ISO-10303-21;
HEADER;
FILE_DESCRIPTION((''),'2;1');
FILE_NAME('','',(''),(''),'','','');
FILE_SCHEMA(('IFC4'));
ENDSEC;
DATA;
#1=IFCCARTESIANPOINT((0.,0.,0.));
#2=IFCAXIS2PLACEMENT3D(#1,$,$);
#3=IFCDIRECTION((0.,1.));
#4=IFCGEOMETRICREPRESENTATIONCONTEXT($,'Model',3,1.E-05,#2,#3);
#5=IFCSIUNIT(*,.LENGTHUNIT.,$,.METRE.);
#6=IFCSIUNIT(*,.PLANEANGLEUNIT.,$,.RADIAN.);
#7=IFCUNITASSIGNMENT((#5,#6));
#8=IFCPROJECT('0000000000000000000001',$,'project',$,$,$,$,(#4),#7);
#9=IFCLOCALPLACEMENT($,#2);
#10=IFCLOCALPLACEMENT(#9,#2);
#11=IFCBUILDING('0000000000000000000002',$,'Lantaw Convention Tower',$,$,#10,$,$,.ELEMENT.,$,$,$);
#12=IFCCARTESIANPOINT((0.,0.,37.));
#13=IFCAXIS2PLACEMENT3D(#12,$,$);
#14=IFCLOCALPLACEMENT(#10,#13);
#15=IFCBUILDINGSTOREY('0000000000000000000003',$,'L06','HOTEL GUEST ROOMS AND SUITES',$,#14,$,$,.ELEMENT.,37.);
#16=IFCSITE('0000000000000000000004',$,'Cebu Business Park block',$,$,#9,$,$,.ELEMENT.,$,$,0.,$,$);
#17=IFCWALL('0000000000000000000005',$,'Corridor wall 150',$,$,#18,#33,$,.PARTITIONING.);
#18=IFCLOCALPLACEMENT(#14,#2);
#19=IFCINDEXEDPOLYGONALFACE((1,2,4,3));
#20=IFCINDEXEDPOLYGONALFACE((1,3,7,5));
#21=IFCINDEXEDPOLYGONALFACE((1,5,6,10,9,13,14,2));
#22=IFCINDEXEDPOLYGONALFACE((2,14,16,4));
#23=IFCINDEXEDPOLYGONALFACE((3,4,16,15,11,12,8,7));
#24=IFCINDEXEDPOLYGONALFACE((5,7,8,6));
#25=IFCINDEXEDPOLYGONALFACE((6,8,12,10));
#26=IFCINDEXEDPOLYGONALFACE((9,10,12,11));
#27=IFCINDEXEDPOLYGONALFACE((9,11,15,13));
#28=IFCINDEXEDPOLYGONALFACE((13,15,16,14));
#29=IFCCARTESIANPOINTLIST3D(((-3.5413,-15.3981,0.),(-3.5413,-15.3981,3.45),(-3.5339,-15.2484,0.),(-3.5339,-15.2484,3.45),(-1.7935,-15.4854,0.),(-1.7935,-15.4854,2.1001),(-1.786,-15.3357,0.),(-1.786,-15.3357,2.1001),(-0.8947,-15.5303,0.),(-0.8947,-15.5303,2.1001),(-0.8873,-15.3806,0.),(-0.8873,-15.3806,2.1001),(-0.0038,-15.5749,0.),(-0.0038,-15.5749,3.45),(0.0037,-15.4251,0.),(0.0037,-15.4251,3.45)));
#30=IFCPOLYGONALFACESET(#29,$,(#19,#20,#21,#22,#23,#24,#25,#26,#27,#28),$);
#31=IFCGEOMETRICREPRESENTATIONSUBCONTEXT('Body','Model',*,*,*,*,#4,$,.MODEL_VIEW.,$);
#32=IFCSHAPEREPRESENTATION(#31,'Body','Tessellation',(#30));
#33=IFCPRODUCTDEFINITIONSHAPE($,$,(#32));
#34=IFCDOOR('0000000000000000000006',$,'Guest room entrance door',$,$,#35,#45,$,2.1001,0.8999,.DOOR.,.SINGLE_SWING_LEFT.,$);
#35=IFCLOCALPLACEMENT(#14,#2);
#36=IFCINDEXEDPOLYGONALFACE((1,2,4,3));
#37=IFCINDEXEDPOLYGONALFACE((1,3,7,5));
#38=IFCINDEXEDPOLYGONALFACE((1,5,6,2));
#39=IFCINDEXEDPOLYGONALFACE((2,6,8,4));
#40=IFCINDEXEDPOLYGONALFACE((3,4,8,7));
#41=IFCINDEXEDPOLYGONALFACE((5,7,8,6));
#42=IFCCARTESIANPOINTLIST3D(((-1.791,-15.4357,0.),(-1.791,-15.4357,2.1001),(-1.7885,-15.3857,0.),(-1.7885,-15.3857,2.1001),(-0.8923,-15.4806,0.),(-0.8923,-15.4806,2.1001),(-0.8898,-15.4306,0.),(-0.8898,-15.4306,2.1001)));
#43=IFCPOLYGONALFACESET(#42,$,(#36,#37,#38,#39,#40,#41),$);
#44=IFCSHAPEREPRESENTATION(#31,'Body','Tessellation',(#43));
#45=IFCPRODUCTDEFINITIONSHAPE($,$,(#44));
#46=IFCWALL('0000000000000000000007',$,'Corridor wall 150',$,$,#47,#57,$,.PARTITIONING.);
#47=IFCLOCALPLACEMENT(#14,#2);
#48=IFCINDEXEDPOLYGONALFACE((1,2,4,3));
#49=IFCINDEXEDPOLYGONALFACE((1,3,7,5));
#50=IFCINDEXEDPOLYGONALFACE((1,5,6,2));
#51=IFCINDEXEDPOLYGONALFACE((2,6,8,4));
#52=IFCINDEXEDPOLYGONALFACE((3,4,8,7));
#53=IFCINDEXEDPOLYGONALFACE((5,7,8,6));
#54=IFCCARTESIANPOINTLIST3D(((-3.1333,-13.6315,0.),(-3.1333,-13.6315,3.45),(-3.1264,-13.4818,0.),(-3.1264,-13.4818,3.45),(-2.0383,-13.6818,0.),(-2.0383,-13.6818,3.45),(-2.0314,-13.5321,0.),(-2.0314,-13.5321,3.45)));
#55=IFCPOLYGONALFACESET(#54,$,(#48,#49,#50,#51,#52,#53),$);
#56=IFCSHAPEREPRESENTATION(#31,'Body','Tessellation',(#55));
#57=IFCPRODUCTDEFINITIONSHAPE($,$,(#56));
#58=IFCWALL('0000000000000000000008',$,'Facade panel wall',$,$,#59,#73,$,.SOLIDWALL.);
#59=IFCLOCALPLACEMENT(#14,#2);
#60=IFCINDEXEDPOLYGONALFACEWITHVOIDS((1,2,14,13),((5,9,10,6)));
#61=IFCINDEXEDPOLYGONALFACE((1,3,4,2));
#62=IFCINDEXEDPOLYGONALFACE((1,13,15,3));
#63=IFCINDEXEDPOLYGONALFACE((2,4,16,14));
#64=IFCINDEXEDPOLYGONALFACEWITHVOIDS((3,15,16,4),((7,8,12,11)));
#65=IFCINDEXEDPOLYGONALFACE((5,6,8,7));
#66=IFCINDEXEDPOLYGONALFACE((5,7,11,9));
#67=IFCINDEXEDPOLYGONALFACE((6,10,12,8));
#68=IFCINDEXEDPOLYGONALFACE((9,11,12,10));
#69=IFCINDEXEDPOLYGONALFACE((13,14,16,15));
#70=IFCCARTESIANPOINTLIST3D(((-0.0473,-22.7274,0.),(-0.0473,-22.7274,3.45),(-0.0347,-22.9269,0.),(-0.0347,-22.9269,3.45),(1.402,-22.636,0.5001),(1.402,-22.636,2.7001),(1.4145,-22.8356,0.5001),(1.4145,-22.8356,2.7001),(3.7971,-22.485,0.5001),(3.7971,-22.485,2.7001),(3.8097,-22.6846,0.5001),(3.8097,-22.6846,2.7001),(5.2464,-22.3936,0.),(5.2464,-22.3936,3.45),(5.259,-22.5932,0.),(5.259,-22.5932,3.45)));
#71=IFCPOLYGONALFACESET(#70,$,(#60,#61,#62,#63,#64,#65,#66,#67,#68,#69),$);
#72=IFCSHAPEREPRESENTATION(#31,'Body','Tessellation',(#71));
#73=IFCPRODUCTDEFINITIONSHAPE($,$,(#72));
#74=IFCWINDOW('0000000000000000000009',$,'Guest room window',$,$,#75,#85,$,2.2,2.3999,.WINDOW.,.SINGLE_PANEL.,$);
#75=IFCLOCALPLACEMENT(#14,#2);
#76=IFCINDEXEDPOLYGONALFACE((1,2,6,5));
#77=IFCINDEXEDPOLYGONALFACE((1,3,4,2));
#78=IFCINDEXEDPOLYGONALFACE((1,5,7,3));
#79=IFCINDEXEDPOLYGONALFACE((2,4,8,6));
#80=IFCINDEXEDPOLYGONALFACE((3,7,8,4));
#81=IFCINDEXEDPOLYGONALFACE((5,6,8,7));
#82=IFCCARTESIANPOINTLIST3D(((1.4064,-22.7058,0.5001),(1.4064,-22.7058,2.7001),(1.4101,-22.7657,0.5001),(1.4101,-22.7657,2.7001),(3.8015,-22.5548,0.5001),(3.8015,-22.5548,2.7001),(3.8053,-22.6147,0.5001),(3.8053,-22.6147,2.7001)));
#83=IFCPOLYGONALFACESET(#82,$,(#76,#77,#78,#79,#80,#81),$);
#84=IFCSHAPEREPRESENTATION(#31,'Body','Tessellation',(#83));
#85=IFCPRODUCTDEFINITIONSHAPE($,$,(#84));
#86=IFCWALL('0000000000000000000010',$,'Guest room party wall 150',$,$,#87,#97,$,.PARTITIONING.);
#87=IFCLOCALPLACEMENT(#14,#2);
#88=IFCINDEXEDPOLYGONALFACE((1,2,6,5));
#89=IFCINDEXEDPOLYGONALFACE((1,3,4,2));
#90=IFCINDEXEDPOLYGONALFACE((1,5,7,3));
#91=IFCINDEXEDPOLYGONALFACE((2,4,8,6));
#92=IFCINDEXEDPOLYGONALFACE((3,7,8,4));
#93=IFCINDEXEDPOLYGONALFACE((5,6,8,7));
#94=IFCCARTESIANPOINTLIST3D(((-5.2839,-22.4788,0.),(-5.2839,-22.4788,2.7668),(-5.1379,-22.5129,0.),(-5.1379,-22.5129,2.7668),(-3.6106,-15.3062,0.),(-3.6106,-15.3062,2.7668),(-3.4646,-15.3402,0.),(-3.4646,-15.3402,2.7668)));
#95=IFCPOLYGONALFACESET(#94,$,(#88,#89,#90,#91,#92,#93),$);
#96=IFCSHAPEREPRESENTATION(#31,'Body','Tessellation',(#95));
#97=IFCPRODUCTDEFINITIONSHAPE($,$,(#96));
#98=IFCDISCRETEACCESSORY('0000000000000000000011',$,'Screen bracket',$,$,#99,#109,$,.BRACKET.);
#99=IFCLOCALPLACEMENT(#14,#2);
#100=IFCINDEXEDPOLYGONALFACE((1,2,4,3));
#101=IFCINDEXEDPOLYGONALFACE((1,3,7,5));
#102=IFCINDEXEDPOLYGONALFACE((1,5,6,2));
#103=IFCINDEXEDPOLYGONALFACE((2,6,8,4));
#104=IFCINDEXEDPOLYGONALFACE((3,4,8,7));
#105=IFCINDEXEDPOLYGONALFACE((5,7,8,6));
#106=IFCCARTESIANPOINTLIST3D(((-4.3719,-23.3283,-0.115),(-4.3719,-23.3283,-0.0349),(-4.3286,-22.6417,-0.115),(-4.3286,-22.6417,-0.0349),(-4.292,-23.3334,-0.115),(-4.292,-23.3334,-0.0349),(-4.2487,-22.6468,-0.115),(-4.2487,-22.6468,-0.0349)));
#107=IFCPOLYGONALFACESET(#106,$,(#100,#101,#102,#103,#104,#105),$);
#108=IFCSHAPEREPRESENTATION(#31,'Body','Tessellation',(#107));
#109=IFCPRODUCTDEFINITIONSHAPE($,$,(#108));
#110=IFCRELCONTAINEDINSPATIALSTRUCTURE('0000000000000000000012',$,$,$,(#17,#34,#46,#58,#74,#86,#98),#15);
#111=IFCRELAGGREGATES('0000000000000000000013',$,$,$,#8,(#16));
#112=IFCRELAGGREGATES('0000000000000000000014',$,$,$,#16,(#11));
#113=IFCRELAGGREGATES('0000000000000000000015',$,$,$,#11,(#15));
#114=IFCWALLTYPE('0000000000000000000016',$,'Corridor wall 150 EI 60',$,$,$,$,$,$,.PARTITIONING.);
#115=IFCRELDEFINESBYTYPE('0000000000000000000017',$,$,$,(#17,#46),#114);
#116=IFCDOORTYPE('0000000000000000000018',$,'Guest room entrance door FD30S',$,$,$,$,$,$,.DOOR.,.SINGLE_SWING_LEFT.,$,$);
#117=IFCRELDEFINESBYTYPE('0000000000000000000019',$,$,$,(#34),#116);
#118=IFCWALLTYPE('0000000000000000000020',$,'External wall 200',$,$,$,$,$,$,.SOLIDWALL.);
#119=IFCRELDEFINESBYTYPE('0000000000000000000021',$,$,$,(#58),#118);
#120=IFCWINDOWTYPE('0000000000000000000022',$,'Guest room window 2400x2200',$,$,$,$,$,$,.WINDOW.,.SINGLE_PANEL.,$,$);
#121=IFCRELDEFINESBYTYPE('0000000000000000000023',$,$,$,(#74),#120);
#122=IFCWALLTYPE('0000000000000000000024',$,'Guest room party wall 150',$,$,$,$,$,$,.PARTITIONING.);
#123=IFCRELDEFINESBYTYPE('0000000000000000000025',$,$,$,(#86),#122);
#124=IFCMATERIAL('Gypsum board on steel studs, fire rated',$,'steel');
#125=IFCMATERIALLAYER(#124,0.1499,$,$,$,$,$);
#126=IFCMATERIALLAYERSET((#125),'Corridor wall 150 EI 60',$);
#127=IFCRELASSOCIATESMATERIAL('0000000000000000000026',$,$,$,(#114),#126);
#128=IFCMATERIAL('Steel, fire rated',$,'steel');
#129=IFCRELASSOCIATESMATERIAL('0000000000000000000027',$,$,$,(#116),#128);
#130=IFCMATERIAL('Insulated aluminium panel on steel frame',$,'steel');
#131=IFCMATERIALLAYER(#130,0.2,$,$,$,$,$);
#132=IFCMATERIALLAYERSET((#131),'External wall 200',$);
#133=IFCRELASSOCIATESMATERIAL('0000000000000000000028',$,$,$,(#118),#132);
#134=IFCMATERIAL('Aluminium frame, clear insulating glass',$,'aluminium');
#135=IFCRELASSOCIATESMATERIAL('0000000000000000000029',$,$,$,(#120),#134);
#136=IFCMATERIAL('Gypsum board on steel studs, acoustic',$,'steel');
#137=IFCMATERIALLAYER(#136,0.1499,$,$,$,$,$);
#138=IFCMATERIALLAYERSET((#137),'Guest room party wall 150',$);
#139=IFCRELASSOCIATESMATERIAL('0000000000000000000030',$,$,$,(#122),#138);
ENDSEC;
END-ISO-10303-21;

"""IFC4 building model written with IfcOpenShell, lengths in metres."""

from ifc_helpers import new_model, si_unit, direction, frame, frame_2d, origin, origin_2d, place, context, subcontext, project, spatial, rectangle, extrude, material, layer, layer_set, type_object, element, fill, save


model = new_model("IFC4")

# Units and contexts
model_context = context("Model", 3, precision=1e-05, world=origin(), true_north=direction((0.0, 1.0)))
body_context = subcontext(model_context, "Body", "Model", "MODEL_VIEW")
ifc_project = project(units=[si_unit("LENGTHUNIT", "METRE"), si_unit("PLANEANGLEUNIT", "RADIAN")], contexts=[model_context])

# Site, building, storey
site_placement = place(None, origin())
site = spatial("IfcSite", under=ifc_project, at=site_placement, Name="Cebu Business Park block", CompositionType="ELEMENT", RefElevation=0.0)
building_placement = place(site_placement, origin())
building = spatial("IfcBuilding", under=site, at=building_placement, Name="Lantaw Convention Tower", CompositionType="ELEMENT")
storey_placement = place(building_placement, frame((0.0, 0.0, 37.0)))
storey = spatial("IfcBuildingStorey", under=building, at=storey_placement, Name="L06", Description="HOTEL GUEST ROOMS AND SUITES", CompositionType="ELEMENT", Elevation=37.0)

# Wall, opening, door
ifc_material_1 = material(Name="Gypsum board on steel studs, fire rated", Category="steel")
ifc_layer_1 = layer(ifc_material_1, 0.1499)
ifc_layer_set_1 = layer_set([ifc_layer_1], Name="Corridor wall 150 EI 60")
wall_type_1 = type_object("IfcWallType", Name="Corridor wall 150 EI 60", PredefinedType="PARTITIONING", material=ifc_layer_set_1)
wall_1_placement = place(storey_placement, frame((-3.5376, -15.3232, 0.0), z_axis=(0.0, 0.0, 1.0), x_axis=(0.998754, -0.049903, 0.0)))
wall_1 = element("IfcWall", 1, at=wall_1_placement, inside=storey, type_object=wall_type_1, Name="Corridor wall 150", PredefinedType="PARTITIONING", context=body_context, shape_type="SweptSolid", body=[
    extrude(rectangle(XDim=3.542, YDim=0.1499, at=frame_2d((1.771, 0.0))), origin(), (0.0, 0.0, 1.0), 3.45),
])
opening_1_placement = place(wall_1_placement, frame((1.75, 0.0, 0.0)))
opening_1 = element("IfcOpeningElement", 2, at=opening_1_placement, cuts=wall_1, PredefinedType="OPENING", context=body_context, shape_type="SweptSolid", body=[
    extrude(rectangle(XDim=0.8999, YDim=2.1001, at=frame_2d((0.45, 1.05))), frame((0.0, 0.085, 0.0), z_axis=(0.0, -1.0, 0.0), x_axis=(1.0, 0.0, 0.0)), (0.0, 0.0, 1.0), 0.1699),
])
ifc_material_2 = material(Name="Steel, fire rated", Category="steel")
door_type_1 = type_object("IfcDoorType", Name="Guest room entrance door FD30S", OperationType="SINGLE_SWING_LEFT", PredefinedType="DOOR", material=ifc_material_2)
door_1_placement = place(opening_1_placement, origin())
door_1 = element("IfcDoor", 3, at=door_1_placement, inside=storey, type_object=door_type_1, Name="Guest room entrance door", OperationType="SINGLE_SWING_LEFT", OverallHeight=2.1001, OverallWidth=0.8999, PredefinedType="DOOR", context=body_context, shape_type="SweptSolid", body=[
    extrude(rectangle(XDim=0.8999, YDim=2.1001, at=frame_2d((0.45, 1.05))), frame((0.0, 0.0249, 0.0), z_axis=(0.0, -1.0, 0.0), x_axis=(1.0, 0.0, 0.0)), (0.0, 0.0, 1.0), 0.05),
])
fill(opening_1, door_1)

# Wall
wall_2_placement = place(storey_placement, frame((-3.1299, -13.5566, 0.0), z_axis=(0.0, 0.0, 1.0), x_axis=(0.998947, -0.045883, 0.0)))
element("IfcWall", 4, at=wall_2_placement, inside=storey, type_object=wall_type_1, Name="Corridor wall 150", PredefinedType="PARTITIONING", context=body_context, shape_type="SweptSolid", body=[
    extrude(rectangle(XDim=1.0962, YDim=0.1499, at=frame_2d((0.5481, 0.0))), origin(), (0.0, 0.0, 1.0), 3.45),
])

# Wall, opening, window
ifc_material_3 = material(Name="Insulated aluminium panel on steel frame", Category="steel")
ifc_layer_2 = layer(ifc_material_3, 0.2)
ifc_layer_set_2 = layer_set([ifc_layer_2], Name="External wall 200")
wall_type_2 = type_object("IfcWallType", Name="External wall 200", PredefinedType="SOLIDWALL", material=ifc_layer_set_2)
wall_3_placement = place(storey_placement, frame((-0.041, -22.8271, 0.0), z_axis=(0.0, 0.0, 1.0), x_axis=(0.998019, 0.06292, 0.0)))
wall_3 = element("IfcWall", 5, at=wall_3_placement, inside=storey, type_object=wall_type_2, Name="Facade panel wall", PredefinedType="SOLIDWALL", context=body_context, shape_type="SweptSolid", body=[
    extrude(rectangle(XDim=5.3042, YDim=0.2, at=frame_2d((2.6521, 0.0))), origin(), (0.0, 0.0, 1.0), 3.45),
])
opening_2_placement = place(wall_3_placement, frame((1.4521, 0.0, 0.5)))
opening_2 = element("IfcOpeningElement", 6, at=opening_2_placement, cuts=wall_3, PredefinedType="OPENING", context=body_context, shape_type="SweptSolid", body=[
    extrude(rectangle(XDim=2.3999, YDim=2.2, at=frame_2d((1.2, 1.1001))), frame((0.0, 0.1099, 0.0), z_axis=(0.0, -1.0, 0.0), x_axis=(1.0, 0.0, 0.0)), (0.0, 0.0, 1.0), 0.22),
])
ifc_material_4 = material(Name="Aluminium frame, clear insulating glass", Category="aluminium")
window_type = type_object("IfcWindowType", Name="Guest room window 2400x2200", PartitioningType="SINGLE_PANEL", PredefinedType="WINDOW", material=ifc_material_4)
window_placement = place(opening_2_placement, origin())
window = element("IfcWindow", 7, at=window_placement, inside=storey, type_object=window_type, Name="Guest room window", OverallHeight=2.2, OverallWidth=2.3999, PartitioningType="SINGLE_PANEL", PredefinedType="WINDOW", context=body_context, shape_type="SweptSolid", body=[
    extrude(rectangle(XDim=2.3999, YDim=2.2, at=frame_2d((1.2, 1.1001))), frame((0.0, 0.03, 0.0), z_axis=(0.0, -1.0, 0.0), x_axis=(1.0, 0.0, 0.0)), (0.0, 0.0, 1.0), 0.0601),
])
fill(opening_2, window)

# Wall
ifc_material_5 = material(Name="Gypsum board on steel studs, acoustic", Category="steel")
ifc_layer_3 = layer(ifc_material_5, 0.1499)
ifc_layer_set_3 = layer_set([ifc_layer_3], Name="Guest room party wall 150")
wall_type_3 = type_object("IfcWallType", Name="Guest room party wall 150", PredefinedType="PARTITIONING", material=ifc_layer_set_3)
wall_4_placement = place(storey_placement, frame((-5.2109, -22.4958, 0.0), z_axis=(0.0, 0.0, 1.0), x_axis=(0.227195, 0.973849, 0.0)))
element("IfcWall", 8, at=wall_4_placement, inside=storey, type_object=wall_type_3, Name="Guest room party wall 150", PredefinedType="PARTITIONING", context=body_context, shape_type="SweptSolid", body=[
    extrude(rectangle(XDim=7.3652, YDim=0.1499, at=frame_2d((3.6826, 0.0))), origin(), (0.0, 0.0, 1.0), 2.7668),
])

# Discrete accessory
discrete_accessory_placement = place(storey_placement, frame((-4.3103, -22.9875, -0.115), z_axis=(0.0, 0.0, 1.0), x_axis=(0.998016, -0.062958, 0.0)))
element("IfcDiscreteAccessory", 9, at=discrete_accessory_placement, inside=storey, Name="Screen bracket", PredefinedType="BRACKET", context=body_context, shape_type="SweptSolid", body=[
    extrude(rectangle(XDim=0.0801, YDim=0.688, at=origin_2d()), origin(), (0.0, 0.0, 1.0), 0.0801),
])

save(model, "model.ifc")
